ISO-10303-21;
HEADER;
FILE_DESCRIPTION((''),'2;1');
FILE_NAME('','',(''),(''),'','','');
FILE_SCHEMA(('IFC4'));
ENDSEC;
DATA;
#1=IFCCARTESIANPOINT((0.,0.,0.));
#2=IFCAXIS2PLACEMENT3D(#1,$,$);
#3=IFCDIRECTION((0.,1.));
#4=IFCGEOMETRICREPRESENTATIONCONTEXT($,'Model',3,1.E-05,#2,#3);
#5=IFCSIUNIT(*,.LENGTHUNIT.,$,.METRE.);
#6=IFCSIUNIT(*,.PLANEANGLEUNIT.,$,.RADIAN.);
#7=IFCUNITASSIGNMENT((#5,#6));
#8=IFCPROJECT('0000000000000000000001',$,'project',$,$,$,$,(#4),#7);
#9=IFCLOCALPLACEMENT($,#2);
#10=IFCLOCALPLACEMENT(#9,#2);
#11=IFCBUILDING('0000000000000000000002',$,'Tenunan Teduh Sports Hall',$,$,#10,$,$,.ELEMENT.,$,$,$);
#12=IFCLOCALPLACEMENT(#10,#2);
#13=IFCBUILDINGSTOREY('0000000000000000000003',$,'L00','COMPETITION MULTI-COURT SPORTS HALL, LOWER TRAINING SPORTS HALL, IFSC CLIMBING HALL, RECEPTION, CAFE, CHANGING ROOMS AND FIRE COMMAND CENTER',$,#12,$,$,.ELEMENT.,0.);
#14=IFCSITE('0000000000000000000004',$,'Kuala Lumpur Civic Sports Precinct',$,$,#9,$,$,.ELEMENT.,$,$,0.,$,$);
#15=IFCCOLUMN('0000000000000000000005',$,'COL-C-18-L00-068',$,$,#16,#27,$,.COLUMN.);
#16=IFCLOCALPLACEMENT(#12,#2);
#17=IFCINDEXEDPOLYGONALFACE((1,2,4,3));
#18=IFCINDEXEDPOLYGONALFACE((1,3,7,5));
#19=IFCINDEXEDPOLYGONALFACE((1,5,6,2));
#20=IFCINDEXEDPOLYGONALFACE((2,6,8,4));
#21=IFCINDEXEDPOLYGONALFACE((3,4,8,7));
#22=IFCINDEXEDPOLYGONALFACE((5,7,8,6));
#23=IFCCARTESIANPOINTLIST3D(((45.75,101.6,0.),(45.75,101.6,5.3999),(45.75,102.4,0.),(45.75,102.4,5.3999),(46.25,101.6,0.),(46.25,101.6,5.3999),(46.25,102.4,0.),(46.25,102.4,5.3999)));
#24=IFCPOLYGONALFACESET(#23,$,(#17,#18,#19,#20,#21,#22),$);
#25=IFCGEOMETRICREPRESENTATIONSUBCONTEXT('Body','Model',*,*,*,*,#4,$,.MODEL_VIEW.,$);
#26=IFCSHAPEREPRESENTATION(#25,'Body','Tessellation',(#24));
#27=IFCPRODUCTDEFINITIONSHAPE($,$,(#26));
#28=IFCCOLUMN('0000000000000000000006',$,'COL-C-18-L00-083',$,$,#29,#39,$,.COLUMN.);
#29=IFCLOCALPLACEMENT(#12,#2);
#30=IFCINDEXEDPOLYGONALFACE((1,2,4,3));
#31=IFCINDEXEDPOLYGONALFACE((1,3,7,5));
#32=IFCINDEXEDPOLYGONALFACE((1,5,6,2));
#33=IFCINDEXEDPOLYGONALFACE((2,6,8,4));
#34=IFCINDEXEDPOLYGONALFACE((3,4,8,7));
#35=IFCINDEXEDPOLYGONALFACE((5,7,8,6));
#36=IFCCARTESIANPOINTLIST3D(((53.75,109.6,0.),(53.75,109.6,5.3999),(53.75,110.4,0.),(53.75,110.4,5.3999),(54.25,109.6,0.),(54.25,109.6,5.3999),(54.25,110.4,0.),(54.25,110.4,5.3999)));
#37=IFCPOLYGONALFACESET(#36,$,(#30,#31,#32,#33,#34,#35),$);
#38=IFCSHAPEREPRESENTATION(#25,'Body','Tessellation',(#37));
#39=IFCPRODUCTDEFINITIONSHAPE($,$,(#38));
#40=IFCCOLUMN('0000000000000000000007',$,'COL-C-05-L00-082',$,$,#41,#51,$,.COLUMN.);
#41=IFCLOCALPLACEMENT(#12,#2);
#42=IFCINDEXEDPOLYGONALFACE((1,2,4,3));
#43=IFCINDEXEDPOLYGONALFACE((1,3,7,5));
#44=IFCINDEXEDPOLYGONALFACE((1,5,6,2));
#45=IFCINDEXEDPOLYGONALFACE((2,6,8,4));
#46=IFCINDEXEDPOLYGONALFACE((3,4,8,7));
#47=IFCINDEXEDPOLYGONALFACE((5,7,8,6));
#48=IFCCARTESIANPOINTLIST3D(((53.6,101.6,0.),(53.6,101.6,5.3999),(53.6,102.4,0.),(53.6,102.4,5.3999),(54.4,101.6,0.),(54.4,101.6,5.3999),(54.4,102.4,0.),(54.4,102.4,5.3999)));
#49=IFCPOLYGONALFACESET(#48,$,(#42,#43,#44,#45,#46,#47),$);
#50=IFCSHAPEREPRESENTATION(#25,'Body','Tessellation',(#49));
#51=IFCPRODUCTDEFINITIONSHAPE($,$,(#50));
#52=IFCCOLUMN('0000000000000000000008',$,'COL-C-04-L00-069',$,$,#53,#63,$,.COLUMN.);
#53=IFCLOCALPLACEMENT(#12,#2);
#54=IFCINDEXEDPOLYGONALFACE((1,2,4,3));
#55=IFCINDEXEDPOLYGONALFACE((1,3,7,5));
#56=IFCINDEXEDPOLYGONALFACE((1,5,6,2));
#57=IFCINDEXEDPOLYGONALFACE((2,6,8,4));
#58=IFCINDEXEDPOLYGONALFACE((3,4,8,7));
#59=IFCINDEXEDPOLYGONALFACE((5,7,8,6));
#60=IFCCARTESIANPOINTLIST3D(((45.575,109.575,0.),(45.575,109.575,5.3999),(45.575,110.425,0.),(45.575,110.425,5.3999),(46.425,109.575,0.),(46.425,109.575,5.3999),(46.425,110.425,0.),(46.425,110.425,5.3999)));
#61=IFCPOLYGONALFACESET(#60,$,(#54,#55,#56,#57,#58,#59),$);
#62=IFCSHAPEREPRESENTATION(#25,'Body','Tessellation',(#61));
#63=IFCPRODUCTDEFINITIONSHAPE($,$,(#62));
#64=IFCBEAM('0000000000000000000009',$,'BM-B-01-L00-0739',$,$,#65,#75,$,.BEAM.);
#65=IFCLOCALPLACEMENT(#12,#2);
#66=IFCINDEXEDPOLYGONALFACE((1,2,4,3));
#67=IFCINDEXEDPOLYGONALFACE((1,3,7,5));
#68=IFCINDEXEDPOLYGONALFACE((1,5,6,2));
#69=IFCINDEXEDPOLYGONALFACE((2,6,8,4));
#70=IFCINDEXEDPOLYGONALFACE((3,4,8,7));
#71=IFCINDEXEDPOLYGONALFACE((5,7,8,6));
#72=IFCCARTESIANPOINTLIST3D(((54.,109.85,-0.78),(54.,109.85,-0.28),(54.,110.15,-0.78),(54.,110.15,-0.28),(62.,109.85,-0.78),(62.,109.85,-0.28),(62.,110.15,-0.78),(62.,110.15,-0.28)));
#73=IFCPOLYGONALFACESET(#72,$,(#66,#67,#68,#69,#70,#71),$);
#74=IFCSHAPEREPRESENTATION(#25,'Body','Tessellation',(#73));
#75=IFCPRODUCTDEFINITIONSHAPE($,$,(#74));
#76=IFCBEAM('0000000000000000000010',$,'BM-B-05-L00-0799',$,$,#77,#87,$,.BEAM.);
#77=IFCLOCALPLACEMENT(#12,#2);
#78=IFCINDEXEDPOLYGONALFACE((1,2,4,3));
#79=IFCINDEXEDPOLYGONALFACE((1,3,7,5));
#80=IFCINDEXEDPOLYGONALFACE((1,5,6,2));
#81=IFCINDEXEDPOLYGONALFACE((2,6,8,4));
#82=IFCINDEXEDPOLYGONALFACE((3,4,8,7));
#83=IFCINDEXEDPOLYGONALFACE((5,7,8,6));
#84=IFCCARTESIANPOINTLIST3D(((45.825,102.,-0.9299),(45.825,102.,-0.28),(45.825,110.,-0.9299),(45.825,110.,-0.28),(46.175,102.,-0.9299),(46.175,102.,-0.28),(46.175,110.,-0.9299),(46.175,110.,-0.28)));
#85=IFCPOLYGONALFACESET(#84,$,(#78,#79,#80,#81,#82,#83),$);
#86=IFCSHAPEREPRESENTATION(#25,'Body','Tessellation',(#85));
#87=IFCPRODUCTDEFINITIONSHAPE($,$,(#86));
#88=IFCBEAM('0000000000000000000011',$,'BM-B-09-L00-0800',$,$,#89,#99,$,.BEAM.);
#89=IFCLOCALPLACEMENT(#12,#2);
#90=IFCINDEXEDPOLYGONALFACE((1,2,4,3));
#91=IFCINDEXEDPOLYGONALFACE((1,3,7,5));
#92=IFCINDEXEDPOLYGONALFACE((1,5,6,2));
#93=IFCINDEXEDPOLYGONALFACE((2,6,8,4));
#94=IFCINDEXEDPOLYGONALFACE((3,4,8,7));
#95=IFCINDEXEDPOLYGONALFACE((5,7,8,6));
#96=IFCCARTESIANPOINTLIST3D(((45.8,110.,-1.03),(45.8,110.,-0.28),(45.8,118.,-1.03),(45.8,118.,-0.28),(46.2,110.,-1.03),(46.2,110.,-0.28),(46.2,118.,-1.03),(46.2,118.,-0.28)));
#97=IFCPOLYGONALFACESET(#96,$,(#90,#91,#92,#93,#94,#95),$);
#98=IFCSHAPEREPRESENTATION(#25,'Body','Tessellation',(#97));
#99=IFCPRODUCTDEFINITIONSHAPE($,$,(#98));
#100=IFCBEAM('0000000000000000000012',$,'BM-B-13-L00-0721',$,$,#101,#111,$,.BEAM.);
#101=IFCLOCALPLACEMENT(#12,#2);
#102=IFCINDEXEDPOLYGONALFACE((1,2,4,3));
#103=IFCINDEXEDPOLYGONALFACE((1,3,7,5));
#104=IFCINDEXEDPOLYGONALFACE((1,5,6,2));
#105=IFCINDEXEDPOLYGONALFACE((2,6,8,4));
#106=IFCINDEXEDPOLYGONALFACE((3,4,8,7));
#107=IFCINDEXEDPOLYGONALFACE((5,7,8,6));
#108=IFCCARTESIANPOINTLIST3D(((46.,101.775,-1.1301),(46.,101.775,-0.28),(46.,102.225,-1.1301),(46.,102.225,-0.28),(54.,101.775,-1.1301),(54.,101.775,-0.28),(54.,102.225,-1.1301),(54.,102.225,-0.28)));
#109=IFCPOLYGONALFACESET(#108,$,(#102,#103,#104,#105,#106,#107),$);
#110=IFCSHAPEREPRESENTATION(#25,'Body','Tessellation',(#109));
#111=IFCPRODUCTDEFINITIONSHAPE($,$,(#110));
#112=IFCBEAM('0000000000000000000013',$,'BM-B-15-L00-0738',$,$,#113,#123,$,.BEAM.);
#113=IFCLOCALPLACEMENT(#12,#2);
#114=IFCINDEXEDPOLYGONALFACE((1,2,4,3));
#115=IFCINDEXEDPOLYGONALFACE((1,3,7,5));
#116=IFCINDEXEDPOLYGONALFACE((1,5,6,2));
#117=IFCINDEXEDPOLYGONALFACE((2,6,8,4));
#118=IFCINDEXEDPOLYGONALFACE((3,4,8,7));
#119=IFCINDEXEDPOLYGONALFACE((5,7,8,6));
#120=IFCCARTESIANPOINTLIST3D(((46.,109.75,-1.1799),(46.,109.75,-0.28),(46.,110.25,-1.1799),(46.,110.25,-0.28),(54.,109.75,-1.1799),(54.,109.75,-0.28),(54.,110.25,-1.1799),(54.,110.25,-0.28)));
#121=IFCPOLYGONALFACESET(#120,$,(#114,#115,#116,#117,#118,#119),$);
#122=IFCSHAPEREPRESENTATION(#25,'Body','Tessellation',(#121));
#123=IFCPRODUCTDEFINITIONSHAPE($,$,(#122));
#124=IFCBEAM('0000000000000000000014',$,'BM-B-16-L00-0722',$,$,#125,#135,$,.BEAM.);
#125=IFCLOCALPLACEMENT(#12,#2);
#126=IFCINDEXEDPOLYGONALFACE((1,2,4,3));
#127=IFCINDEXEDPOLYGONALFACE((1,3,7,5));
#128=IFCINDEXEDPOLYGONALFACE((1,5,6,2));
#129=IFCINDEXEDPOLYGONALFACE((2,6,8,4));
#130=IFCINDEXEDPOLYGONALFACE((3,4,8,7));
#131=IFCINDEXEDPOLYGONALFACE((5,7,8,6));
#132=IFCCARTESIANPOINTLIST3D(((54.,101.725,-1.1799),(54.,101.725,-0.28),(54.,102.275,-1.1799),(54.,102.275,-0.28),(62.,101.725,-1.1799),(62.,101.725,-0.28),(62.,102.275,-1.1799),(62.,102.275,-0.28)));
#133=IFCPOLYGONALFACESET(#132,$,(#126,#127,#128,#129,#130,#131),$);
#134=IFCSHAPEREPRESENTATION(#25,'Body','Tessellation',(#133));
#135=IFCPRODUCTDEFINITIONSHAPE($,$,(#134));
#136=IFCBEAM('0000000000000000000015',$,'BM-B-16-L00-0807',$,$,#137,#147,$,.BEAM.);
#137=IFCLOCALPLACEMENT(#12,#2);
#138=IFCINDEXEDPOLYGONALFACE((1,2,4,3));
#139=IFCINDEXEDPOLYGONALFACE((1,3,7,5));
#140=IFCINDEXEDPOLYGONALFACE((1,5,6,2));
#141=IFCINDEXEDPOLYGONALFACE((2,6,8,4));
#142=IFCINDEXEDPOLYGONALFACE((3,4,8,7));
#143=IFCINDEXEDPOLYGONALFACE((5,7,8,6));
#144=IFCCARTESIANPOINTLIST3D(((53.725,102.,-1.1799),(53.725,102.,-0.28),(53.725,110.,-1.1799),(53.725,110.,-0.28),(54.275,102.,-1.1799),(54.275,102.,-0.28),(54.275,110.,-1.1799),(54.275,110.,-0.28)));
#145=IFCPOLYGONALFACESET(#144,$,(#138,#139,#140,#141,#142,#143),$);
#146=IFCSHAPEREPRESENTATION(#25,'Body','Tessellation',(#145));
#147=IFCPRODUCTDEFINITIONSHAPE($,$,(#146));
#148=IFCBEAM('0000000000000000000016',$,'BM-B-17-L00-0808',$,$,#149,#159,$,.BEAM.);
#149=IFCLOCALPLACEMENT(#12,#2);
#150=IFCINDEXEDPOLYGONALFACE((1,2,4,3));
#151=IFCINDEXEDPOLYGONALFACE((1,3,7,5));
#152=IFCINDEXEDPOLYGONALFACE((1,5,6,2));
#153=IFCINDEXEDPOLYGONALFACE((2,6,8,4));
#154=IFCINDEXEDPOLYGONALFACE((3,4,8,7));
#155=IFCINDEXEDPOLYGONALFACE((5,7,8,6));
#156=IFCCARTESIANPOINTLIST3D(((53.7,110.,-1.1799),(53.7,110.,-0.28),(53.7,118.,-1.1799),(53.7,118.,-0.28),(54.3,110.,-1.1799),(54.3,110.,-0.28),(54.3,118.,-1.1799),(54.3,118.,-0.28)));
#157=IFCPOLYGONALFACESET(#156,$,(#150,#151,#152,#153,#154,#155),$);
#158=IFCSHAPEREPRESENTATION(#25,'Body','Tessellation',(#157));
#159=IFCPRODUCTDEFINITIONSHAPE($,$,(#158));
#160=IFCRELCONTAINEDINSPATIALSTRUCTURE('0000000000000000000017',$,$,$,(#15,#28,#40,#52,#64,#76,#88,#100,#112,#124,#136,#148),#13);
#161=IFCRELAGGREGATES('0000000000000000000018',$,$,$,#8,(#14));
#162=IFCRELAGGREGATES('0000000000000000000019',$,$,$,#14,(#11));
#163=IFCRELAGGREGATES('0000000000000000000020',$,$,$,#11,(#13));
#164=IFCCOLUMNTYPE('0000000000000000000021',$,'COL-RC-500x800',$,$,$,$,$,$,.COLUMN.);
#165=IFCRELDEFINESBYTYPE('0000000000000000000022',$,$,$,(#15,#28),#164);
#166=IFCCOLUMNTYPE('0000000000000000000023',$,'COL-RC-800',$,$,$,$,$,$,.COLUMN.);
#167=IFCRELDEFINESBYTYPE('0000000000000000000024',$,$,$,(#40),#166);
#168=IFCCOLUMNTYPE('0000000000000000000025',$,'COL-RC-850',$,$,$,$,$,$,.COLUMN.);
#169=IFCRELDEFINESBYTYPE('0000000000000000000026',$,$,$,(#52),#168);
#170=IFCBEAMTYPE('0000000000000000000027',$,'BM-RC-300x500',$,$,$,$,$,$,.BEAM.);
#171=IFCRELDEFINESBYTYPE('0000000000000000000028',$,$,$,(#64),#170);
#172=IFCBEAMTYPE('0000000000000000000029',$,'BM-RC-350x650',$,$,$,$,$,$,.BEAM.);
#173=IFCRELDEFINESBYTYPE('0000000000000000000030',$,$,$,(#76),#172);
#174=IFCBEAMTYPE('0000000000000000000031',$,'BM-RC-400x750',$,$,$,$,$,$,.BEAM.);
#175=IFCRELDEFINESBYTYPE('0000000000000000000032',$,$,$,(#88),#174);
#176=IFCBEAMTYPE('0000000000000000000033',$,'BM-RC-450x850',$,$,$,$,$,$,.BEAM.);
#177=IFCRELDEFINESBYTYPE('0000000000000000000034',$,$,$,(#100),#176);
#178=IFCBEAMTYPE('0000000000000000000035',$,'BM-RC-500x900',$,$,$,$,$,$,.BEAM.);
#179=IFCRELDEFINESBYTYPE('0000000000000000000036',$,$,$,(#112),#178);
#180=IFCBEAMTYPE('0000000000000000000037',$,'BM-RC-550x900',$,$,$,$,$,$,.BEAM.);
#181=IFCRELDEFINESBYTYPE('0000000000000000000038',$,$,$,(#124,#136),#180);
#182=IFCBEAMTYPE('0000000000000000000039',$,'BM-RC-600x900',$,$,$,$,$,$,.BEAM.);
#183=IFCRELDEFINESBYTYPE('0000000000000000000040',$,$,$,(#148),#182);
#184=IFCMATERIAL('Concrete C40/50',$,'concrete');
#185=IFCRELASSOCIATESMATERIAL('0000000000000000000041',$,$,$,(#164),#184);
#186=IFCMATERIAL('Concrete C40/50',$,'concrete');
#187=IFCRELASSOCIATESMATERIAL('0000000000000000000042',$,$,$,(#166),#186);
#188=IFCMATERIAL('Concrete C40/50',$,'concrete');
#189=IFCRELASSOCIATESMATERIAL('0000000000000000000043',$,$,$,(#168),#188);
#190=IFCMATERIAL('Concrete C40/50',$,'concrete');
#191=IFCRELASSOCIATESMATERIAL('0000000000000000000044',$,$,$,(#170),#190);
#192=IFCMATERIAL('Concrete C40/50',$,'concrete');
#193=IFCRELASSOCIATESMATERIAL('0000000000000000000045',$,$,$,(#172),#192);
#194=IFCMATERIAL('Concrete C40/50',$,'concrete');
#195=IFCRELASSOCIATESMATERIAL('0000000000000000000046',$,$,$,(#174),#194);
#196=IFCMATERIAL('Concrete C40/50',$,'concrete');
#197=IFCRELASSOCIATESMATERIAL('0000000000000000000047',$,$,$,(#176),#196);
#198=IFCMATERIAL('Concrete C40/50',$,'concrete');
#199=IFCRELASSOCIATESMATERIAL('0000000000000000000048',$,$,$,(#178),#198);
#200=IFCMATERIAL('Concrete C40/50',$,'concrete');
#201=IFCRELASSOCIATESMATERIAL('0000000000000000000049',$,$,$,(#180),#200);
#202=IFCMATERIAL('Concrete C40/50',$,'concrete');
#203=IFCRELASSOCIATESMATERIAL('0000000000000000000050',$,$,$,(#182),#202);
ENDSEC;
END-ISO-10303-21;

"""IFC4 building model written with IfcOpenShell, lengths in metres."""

from ifc_helpers import new_model, si_unit, direction, frame, origin, origin_2d, place, context, subcontext, project, spatial, rectangle, extrude, material, material_profile, profile_set, type_object, element, save


model = new_model("IFC4")

# Units and contexts
model_context = context("Model", 3, precision=1e-05, world=origin(), true_north=direction((0.0, 1.0)))
body_context = subcontext(model_context, "Body", "Model", "MODEL_VIEW")
ifc_project = project(units=[si_unit("LENGTHUNIT", "METRE"), si_unit("PLANEANGLEUNIT", "RADIAN")], contexts=[model_context])

# Site, building, storey
site_placement = place(None, origin())
site = spatial("IfcSite", under=ifc_project, at=site_placement, Name="Kuala Lumpur Civic Sports Precinct", CompositionType="ELEMENT", RefElevation=0.0)
building_placement = place(site_placement, origin())
building = spatial("IfcBuilding", under=site, at=building_placement, Name="Tenunan Teduh Sports Hall", CompositionType="ELEMENT")
storey_placement = place(building_placement, origin())
storey = spatial("IfcBuildingStorey", under=building, at=storey_placement, Name="L00", Description="COMPETITION MULTI-COURT SPORTS HALL, LOWER TRAINING SPORTS HALL, IFSC CLIMBING HALL, RECEPTION, CAFE, CHANGING ROOMS AND FIRE COMMAND CENTER", CompositionType="ELEMENT", Elevation=0.0)

# Columns
ifc_material_1 = material(Name="Concrete C40/50", Category="concrete")
ifc_material_profile_1 = material_profile(ifc_material_1, rectangle(XDim=0.5, YDim=0.8, at=origin_2d()), Name="RC 500x800")
ifc_profile_set_1 = profile_set([ifc_material_profile_1], Name="Concrete C40/50")
column_type_1 = type_object("IfcColumnType", Name="COL-RC-500x800", PredefinedType="COLUMN", material=ifc_profile_set_1)
for number, where, z_axis, x_axis, name in (
    (1, (46.0, 102.0, 0.0), (0.0, 0.0, 1.0), (1.0, 0.0, 0.0), "COL-C-18-L00-068"),
    (2, (54.0, 110.0, 0.0), (0.0, 0.0, 1.0), (1.0, 0.0, 0.0), "COL-C-18-L00-083"),
):
    element("IfcColumn", number, at=place(storey_placement, frame(where, z_axis=z_axis, x_axis=x_axis)), inside=storey, type_object=column_type_1, Name=name, PredefinedType="COLUMN", context=body_context, shape_type="SweptSolid", body=[
        extrude(rectangle(XDim=0.5, YDim=0.8, at=origin_2d()), origin(), (0.0, 0.0, 1.0), 5.3999),
    ])
ifc_material_2 = material(Name="Concrete C40/50", Category="concrete")
ifc_material_profile_2 = material_profile(ifc_material_2, rectangle(XDim=0.8, YDim=0.8, at=origin_2d()), Name="RC 800x800")
ifc_profile_set_2 = profile_set([ifc_material_profile_2], Name="Concrete C40/50")
column_type_2 = type_object("IfcColumnType", Name="COL-RC-800", PredefinedType="COLUMN", material=ifc_profile_set_2)
column_1_placement = place(storey_placement, frame((54.0, 102.0, 0.0), z_axis=(0.0, 0.0, 1.0), x_axis=(1.0, 0.0, 0.0)))
element("IfcColumn", 3, at=column_1_placement, inside=storey, type_object=column_type_2, Name="COL-C-05-L00-082", PredefinedType="COLUMN", context=body_context, shape_type="SweptSolid", body=[
    extrude(rectangle(XDim=0.8, YDim=0.8, at=origin_2d()), origin(), (0.0, 0.0, 1.0), 5.3999),
])
ifc_material_3 = material(Name="Concrete C40/50", Category="concrete")
ifc_material_profile_3 = material_profile(ifc_material_3, rectangle(XDim=0.8501, YDim=0.8501, at=origin_2d()), Name="RC 850x850")
ifc_profile_set_3 = profile_set([ifc_material_profile_3], Name="Concrete C40/50")
column_type_3 = type_object("IfcColumnType", Name="COL-RC-850", PredefinedType="COLUMN", material=ifc_profile_set_3)
column_2_placement = place(storey_placement, frame((46.0, 110.0, 0.0), z_axis=(0.0, 0.0, 1.0), x_axis=(1.0, 0.0, 0.0)))
element("IfcColumn", 4, at=column_2_placement, inside=storey, type_object=column_type_3, Name="COL-C-04-L00-069", PredefinedType="COLUMN", context=body_context, shape_type="SweptSolid", body=[
    extrude(rectangle(XDim=0.8501, YDim=0.8501, at=origin_2d()), origin(), (0.0, 0.0, 1.0), 5.3999),
])

# Beams
ifc_material_4 = material(Name="Concrete C40/50", Category="concrete")
ifc_material_profile_4 = material_profile(ifc_material_4, rectangle(XDim=0.3, YDim=0.5, at=origin_2d()), Name="RCB 300x500")
ifc_profile_set_4 = profile_set([ifc_material_profile_4], Name="Concrete C40/50")
beam_type_1 = type_object("IfcBeamType", Name="BM-RC-300x500", PredefinedType="BEAM", material=ifc_profile_set_4)
beam_1_placement = place(storey_placement, frame((54.0, 110.0, -0.53), z_axis=(1.0, 0.0, 0.0), x_axis=(0.0, 1.0, 0.0)))
element("IfcBeam", 5, at=beam_1_placement, inside=storey, type_object=beam_type_1, Name="BM-B-01-L00-0739", PredefinedType="BEAM", context=body_context, shape_type="SweptSolid", body=[
    extrude(rectangle(XDim=0.3, YDim=0.5, at=origin_2d()), origin(), (0.0, 0.0, 1.0), 8.0),
])
ifc_material_5 = material(Name="Concrete C40/50", Category="concrete")
ifc_material_profile_5 = material_profile(ifc_material_5, rectangle(XDim=0.3501, YDim=0.6499, at=origin_2d()), Name="RCB 350x650")
ifc_profile_set_5 = profile_set([ifc_material_profile_5], Name="Concrete C40/50")
beam_type_2 = type_object("IfcBeamType", Name="BM-RC-350x650", PredefinedType="BEAM", material=ifc_profile_set_5)
beam_2_placement = place(storey_placement, frame((46.0, 102.0, -0.605), z_axis=(0.0, 1.0, 0.0), x_axis=(-1.0, 0.0, 0.0)))
element("IfcBeam", 6, at=beam_2_placement, inside=storey, type_object=beam_type_2, Name="BM-B-05-L00-0799", PredefinedType="BEAM", context=body_context, shape_type="SweptSolid", body=[
    extrude(rectangle(XDim=0.3501, YDim=0.6499, at=origin_2d()), origin(), (0.0, 0.0, 1.0), 8.0),
])
ifc_material_6 = material(Name="Concrete C40/50", Category="concrete")
ifc_material_profile_6 = material_profile(ifc_material_6, rectangle(XDim=0.3999, YDim=0.75, at=origin_2d()), Name="RCB 400x750")
ifc_profile_set_6 = profile_set([ifc_material_profile_6], Name="Concrete C40/50")
beam_type_3 = type_object("IfcBeamType", Name="BM-RC-400x750", PredefinedType="BEAM", material=ifc_profile_set_6)
beam_3_placement = place(storey_placement, frame((46.0, 110.0, -0.655), z_axis=(0.0, 1.0, 0.0), x_axis=(-1.0, 0.0, 0.0)))
element("IfcBeam", 7, at=beam_3_placement, inside=storey, type_object=beam_type_3, Name="BM-B-09-L00-0800", PredefinedType="BEAM", context=body_context, shape_type="SweptSolid", body=[
    extrude(rectangle(XDim=0.3999, YDim=0.75, at=origin_2d()), origin(), (0.0, 0.0, 1.0), 8.0),
])
ifc_material_7 = material(Name="Concrete C40/50", Category="concrete")
ifc_material_profile_7 = material_profile(ifc_material_7, rectangle(XDim=0.45, YDim=0.8501, at=origin_2d()), Name="RCB 450x850")
ifc_profile_set_7 = profile_set([ifc_material_profile_7], Name="Concrete C40/50")
beam_type_4 = type_object("IfcBeamType", Name="BM-RC-450x850", PredefinedType="BEAM", material=ifc_profile_set_7)
beam_4_placement = place(storey_placement, frame((46.0, 102.0, -0.7051), z_axis=(1.0, 0.0, 0.0), x_axis=(0.0, 1.0, 0.0)))
element("IfcBeam", 8, at=beam_4_placement, inside=storey, type_object=beam_type_4, Name="BM-B-13-L00-0721", PredefinedType="BEAM", context=body_context, shape_type="SweptSolid", body=[
    extrude(rectangle(XDim=0.45, YDim=0.8501, at=origin_2d()), origin(), (0.0, 0.0, 1.0), 8.0),
])
ifc_material_8 = material(Name="Concrete C40/50", Category="concrete")
ifc_material_profile_8 = material_profile(ifc_material_8, rectangle(XDim=0.5, YDim=0.8999, at=origin_2d()), Name="RCB 500x900")
ifc_profile_set_8 = profile_set([ifc_material_profile_8], Name="Concrete C40/50")
beam_type_5 = type_object("IfcBeamType", Name="BM-RC-500x900", PredefinedType="BEAM", material=ifc_profile_set_8)
beam_5_placement = place(storey_placement, frame((46.0, 110.0, -0.73), z_axis=(1.0, 0.0, 0.0), x_axis=(0.0, 1.0, 0.0)))
element("IfcBeam", 9, at=beam_5_placement, inside=storey, type_object=beam_type_5, Name="BM-B-15-L00-0738", PredefinedType="BEAM", context=body_context, shape_type="SweptSolid", body=[
    extrude(rectangle(XDim=0.5, YDim=0.8999, at=origin_2d()), origin(), (0.0, 0.0, 1.0), 8.0),
])
ifc_material_9 = material(Name="Concrete C40/50", Category="concrete")
ifc_material_profile_9 = material_profile(ifc_material_9, rectangle(XDim=0.55, YDim=0.8999, at=origin_2d()), Name="RCB 550x900")
ifc_profile_set_9 = profile_set([ifc_material_profile_9], Name="Concrete C40/50")
beam_type_6 = type_object("IfcBeamType", Name="BM-RC-550x900", PredefinedType="BEAM", material=ifc_profile_set_9)
for number, where, z_axis, x_axis, name in (
    (10, (54.0, 102.0, -0.73), (1.0, 0.0, 0.0), (0.0, 1.0, 0.0), "BM-B-16-L00-0722"),
    (11, (54.0, 102.0, -0.73), (0.0, 1.0, 0.0), (-1.0, 0.0, 0.0), "BM-B-16-L00-0807"),
):
    element("IfcBeam", number, at=place(storey_placement, frame(where, z_axis=z_axis, x_axis=x_axis)), inside=storey, type_object=beam_type_6, Name=name, PredefinedType="BEAM", context=body_context, shape_type="SweptSolid", body=[
        extrude(rectangle(XDim=0.55, YDim=0.8999, at=origin_2d()), origin(), (0.0, 0.0, 1.0), 8.0),
    ])
ifc_material_10 = material(Name="Concrete C40/50", Category="concrete")
ifc_material_profile_10 = material_profile(ifc_material_10, rectangle(XDim=0.6001, YDim=0.8999, at=origin_2d()), Name="RCB 600x900")
ifc_profile_set_10 = profile_set([ifc_material_profile_10], Name="Concrete C40/50")
beam_type_7 = type_object("IfcBeamType", Name="BM-RC-600x900", PredefinedType="BEAM", material=ifc_profile_set_10)
beam_6_placement = place(storey_placement, frame((54.0, 110.0, -0.73), z_axis=(0.0, 1.0, 0.0), x_axis=(-1.0, 0.0, 0.0)))
element("IfcBeam", 12, at=beam_6_placement, inside=storey, type_object=beam_type_7, Name="BM-B-17-L00-0808", PredefinedType="BEAM", context=body_context, shape_type="SweptSolid", body=[
    extrude(rectangle(XDim=0.6001, YDim=0.8999, at=origin_2d()), origin(), (0.0, 0.0, 1.0), 8.0),
])

save(model, "model.ifc")
